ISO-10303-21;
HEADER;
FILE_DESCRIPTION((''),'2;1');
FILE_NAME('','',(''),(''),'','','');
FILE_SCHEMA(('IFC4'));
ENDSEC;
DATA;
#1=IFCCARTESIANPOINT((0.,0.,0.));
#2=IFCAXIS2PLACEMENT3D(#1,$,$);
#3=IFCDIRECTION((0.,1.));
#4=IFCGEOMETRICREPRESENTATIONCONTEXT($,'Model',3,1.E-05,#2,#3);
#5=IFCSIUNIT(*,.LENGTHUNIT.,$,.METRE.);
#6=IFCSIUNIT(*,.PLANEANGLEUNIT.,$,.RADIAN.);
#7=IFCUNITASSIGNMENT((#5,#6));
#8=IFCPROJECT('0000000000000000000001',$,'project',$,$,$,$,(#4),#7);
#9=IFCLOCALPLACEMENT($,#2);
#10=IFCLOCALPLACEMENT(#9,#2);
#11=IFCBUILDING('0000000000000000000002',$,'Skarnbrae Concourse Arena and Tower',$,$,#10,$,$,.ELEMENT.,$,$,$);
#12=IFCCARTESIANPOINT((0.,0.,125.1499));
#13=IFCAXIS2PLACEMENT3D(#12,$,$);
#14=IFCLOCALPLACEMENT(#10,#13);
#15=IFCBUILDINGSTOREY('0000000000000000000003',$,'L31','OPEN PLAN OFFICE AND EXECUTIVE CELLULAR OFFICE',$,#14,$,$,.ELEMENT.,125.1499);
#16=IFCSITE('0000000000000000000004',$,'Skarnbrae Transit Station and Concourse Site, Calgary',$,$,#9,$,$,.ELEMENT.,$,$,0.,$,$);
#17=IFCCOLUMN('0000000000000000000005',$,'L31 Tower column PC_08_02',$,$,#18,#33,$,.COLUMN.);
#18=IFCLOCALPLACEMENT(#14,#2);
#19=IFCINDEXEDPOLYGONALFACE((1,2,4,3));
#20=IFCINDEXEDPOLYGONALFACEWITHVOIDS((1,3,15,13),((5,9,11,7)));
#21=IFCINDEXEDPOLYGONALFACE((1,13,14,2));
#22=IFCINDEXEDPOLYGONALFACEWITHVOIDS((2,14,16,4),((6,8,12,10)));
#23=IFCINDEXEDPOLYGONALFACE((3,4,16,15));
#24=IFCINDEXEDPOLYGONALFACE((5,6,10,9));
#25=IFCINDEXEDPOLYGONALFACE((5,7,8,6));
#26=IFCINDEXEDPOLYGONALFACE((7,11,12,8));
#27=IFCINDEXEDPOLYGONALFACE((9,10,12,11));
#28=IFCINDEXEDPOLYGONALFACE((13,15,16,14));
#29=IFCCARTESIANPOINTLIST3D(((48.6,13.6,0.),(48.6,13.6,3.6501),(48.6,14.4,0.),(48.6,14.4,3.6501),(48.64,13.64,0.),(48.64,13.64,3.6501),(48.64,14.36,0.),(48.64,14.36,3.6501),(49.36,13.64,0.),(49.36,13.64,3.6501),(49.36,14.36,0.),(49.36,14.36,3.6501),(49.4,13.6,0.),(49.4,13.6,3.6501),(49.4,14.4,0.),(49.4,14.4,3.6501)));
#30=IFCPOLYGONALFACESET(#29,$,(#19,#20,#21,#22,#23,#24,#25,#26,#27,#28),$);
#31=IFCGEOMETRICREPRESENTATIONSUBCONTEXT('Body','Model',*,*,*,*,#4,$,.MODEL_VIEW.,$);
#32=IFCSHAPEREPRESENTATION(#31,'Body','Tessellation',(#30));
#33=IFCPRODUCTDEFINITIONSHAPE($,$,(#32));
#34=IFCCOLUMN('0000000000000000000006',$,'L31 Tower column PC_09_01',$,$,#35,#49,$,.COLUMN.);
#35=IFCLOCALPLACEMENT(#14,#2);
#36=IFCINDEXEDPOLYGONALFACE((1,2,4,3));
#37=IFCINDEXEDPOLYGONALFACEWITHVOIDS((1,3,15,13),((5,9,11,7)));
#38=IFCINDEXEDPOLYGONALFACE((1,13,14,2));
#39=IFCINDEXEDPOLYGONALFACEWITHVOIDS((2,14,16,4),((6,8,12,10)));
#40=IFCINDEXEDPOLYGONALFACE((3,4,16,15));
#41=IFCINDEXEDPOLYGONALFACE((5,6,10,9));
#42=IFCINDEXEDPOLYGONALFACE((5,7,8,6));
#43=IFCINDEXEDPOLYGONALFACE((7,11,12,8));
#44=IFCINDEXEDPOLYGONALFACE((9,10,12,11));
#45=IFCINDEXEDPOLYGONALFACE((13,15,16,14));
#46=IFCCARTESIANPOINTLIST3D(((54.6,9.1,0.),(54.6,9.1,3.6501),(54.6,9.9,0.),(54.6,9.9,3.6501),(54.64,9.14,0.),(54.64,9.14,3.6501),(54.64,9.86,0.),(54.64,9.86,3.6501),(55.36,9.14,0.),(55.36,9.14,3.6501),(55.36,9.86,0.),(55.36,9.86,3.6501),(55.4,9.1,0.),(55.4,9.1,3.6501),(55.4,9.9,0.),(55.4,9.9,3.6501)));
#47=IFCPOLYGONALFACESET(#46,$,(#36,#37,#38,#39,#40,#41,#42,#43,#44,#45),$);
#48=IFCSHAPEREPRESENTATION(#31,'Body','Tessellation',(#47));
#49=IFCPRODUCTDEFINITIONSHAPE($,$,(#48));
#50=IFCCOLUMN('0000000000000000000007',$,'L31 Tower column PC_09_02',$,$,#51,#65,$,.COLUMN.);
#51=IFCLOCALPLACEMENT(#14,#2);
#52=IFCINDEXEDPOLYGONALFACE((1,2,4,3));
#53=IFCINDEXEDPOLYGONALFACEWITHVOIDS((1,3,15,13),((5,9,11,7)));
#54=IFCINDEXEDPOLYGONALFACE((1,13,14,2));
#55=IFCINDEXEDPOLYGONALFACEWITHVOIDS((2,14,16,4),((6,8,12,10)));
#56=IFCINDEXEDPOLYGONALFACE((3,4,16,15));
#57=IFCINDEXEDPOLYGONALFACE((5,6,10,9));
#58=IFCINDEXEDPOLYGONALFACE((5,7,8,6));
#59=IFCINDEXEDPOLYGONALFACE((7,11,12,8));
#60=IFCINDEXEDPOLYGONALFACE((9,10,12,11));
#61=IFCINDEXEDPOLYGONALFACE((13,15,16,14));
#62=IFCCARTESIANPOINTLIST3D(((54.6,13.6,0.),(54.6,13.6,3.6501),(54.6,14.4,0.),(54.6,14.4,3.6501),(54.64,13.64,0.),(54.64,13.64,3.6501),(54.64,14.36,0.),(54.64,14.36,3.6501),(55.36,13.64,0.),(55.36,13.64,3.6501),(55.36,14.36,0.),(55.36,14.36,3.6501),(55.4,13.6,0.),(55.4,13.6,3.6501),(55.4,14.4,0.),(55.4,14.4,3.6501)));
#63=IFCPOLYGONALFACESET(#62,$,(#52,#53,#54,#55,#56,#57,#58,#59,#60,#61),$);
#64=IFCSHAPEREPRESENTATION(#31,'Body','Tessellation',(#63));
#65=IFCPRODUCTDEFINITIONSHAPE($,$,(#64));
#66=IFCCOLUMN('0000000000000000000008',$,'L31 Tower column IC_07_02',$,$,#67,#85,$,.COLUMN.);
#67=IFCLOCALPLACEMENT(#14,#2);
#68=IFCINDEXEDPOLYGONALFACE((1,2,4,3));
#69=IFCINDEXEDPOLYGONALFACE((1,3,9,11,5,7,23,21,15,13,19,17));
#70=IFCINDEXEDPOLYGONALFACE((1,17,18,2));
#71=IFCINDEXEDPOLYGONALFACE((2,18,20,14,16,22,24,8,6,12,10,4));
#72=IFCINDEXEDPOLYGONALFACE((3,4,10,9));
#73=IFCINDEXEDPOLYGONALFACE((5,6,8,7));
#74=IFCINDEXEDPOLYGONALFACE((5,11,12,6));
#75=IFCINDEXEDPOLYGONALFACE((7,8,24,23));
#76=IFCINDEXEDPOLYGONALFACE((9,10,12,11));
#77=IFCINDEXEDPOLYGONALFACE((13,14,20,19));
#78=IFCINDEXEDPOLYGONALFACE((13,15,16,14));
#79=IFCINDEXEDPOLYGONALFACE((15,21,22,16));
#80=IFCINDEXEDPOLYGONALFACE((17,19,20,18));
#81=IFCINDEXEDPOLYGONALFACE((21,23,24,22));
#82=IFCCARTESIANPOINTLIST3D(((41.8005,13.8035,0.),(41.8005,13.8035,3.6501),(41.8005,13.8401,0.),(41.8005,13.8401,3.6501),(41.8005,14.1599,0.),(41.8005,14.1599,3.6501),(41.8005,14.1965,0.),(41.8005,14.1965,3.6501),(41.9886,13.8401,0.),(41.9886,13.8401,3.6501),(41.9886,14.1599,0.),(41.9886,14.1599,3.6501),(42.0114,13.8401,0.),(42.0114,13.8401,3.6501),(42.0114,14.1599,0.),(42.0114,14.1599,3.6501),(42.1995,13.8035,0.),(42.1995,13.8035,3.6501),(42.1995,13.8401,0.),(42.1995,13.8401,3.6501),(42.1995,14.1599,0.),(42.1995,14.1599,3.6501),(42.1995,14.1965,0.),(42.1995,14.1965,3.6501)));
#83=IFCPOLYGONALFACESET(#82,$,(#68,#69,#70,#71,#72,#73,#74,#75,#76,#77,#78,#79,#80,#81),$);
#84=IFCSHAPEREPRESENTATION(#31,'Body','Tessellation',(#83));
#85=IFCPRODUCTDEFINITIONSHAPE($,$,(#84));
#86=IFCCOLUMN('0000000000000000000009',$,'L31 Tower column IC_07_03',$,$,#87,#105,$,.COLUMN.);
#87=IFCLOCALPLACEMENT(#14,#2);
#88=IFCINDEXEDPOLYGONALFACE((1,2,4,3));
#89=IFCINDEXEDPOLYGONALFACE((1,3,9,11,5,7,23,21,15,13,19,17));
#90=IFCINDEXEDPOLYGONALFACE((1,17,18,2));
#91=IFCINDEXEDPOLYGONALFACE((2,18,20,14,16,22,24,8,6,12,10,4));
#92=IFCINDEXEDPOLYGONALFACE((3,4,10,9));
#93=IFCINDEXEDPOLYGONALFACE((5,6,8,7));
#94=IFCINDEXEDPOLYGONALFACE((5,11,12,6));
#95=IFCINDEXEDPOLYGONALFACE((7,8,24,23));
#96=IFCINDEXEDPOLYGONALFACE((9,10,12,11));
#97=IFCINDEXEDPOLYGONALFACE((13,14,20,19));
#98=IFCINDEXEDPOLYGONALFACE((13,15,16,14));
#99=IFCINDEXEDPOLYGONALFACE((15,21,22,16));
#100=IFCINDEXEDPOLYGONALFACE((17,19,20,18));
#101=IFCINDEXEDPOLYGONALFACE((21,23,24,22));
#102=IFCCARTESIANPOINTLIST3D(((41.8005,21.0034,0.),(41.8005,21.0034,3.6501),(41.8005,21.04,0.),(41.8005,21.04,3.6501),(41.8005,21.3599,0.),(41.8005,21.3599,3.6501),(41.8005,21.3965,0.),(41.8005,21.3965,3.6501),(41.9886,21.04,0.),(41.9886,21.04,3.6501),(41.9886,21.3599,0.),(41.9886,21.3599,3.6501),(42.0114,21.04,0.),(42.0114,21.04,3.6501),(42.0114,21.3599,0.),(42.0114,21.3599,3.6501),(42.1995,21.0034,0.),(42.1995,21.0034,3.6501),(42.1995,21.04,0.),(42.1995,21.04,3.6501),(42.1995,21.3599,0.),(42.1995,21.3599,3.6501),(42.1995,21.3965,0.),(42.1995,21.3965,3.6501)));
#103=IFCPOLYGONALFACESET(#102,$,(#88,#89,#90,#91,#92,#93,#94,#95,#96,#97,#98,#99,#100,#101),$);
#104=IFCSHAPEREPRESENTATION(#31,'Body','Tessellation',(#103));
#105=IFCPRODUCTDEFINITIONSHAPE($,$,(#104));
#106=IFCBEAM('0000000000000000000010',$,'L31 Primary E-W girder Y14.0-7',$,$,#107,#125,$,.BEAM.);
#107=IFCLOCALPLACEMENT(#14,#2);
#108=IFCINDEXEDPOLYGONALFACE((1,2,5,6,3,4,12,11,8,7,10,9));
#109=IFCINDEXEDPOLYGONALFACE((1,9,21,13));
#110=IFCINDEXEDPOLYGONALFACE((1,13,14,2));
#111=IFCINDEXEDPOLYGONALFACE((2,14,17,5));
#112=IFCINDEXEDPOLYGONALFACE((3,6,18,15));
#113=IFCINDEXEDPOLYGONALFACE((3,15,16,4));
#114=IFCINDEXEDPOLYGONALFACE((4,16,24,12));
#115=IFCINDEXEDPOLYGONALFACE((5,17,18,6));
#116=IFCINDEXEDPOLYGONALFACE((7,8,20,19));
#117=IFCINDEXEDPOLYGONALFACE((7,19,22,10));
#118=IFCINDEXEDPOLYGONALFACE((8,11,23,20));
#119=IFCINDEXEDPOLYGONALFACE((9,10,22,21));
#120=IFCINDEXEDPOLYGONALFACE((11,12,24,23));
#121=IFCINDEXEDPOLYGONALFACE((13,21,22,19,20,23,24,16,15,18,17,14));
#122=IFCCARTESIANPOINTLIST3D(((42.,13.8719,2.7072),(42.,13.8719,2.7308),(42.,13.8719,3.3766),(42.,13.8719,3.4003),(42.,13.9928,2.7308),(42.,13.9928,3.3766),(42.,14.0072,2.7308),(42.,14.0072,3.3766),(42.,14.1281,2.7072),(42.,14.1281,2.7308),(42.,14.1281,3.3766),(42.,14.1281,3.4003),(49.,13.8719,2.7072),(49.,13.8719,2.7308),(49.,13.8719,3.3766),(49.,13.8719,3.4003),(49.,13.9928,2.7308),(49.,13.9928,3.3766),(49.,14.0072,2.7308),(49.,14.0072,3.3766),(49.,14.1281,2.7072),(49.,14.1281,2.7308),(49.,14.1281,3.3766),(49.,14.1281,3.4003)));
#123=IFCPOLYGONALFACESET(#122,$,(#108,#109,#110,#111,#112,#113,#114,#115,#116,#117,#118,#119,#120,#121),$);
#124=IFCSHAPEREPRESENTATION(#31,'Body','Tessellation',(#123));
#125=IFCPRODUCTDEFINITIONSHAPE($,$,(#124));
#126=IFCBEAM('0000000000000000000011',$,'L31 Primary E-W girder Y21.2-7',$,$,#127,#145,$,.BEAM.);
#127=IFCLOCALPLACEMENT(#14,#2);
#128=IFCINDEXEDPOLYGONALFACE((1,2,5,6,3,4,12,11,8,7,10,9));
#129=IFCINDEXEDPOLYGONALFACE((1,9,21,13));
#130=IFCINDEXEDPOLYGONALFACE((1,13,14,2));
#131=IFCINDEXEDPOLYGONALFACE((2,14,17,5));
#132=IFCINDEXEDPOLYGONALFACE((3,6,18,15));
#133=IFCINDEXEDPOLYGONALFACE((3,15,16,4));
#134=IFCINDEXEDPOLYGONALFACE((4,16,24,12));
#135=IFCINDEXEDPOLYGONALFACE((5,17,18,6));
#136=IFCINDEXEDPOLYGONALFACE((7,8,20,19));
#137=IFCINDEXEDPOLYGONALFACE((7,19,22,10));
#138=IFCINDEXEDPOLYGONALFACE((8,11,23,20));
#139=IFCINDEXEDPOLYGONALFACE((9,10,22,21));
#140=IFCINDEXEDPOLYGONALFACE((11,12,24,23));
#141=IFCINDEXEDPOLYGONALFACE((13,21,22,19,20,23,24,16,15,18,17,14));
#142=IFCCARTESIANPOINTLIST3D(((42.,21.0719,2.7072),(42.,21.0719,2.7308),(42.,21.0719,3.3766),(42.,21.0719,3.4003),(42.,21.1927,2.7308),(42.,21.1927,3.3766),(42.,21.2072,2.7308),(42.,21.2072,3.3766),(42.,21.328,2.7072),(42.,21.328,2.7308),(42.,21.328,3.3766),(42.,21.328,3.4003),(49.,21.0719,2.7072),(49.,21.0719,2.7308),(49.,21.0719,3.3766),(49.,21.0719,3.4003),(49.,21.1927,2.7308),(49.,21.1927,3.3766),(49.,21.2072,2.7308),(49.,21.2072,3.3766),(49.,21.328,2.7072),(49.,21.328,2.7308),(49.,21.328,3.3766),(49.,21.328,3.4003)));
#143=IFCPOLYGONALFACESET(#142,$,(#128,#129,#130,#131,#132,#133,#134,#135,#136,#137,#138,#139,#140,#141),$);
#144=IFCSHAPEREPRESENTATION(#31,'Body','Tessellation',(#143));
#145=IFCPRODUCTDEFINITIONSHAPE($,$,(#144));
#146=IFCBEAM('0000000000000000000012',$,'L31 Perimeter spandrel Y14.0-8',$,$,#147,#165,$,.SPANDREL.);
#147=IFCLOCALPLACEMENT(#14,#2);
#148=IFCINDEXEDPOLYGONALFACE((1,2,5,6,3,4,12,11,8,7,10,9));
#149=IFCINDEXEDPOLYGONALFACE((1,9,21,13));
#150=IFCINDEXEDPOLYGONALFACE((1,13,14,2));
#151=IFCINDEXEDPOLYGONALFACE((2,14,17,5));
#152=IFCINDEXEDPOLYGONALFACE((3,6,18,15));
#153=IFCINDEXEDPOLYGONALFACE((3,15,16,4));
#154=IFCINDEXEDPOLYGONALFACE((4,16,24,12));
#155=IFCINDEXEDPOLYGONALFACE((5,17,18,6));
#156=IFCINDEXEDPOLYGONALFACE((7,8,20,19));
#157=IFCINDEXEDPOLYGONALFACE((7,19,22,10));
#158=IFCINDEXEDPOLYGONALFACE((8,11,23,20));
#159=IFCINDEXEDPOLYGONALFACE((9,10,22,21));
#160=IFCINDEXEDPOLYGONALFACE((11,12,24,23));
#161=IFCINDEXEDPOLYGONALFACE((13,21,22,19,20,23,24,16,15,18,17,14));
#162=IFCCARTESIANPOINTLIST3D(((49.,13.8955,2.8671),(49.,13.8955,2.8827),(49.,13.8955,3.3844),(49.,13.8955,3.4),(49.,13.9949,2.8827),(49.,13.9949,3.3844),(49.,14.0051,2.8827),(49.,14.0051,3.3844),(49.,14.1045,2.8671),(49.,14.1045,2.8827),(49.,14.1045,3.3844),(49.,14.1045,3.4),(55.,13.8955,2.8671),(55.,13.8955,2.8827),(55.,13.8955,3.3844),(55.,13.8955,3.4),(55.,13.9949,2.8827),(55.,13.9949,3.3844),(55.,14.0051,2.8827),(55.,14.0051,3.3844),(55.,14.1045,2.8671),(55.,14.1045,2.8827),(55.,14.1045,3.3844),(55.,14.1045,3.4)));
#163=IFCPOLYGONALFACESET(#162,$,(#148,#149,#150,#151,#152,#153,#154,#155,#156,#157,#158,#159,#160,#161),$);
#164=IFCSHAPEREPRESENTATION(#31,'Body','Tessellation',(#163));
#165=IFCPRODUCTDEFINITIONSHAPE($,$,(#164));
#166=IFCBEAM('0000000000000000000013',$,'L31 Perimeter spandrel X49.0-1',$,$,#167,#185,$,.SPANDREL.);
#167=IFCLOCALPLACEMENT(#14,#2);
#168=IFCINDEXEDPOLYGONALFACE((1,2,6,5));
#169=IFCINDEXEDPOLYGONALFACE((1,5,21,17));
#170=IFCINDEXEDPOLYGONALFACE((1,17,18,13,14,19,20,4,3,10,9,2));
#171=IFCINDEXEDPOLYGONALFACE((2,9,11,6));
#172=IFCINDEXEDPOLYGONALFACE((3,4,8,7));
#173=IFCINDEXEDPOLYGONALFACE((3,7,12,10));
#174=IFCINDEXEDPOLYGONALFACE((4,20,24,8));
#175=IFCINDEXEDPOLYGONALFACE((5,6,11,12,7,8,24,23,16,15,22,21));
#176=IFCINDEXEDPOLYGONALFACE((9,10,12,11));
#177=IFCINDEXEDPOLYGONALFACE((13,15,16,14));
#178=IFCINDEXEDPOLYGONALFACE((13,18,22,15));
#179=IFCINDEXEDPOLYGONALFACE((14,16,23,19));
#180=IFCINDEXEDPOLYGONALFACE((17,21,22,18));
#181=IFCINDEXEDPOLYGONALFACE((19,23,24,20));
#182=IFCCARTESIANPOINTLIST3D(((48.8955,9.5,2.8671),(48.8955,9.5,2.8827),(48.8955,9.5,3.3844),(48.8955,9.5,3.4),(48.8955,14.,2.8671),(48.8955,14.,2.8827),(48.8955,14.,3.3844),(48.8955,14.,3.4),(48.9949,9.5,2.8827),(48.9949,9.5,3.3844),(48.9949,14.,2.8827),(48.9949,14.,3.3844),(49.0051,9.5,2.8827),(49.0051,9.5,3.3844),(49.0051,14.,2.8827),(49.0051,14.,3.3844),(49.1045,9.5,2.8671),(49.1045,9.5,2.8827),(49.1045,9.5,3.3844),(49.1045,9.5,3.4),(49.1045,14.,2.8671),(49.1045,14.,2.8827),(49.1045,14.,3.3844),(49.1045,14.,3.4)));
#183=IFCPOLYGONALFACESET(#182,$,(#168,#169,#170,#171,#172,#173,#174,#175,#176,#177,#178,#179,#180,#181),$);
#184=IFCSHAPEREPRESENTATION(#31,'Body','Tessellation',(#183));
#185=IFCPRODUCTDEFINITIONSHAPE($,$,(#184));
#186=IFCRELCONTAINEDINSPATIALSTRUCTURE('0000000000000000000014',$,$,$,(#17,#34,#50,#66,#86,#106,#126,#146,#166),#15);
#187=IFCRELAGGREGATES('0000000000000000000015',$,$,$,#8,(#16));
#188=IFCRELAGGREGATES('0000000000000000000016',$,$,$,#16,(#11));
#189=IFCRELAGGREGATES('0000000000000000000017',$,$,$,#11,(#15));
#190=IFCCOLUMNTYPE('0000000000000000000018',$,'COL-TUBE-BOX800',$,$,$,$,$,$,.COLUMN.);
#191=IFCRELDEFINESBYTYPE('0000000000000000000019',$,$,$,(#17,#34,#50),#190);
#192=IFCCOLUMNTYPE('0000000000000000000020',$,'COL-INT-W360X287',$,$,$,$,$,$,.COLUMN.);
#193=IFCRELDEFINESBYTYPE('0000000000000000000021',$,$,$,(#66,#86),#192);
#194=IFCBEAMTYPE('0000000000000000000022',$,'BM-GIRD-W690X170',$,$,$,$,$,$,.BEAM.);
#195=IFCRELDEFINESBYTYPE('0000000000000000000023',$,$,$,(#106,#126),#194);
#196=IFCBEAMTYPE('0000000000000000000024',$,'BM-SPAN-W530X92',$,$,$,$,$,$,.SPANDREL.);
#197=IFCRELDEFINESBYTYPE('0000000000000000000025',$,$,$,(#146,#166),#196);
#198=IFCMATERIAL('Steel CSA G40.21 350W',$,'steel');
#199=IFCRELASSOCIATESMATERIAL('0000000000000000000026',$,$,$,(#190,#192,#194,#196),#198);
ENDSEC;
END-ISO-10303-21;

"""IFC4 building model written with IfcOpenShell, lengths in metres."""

from ifc_helpers import new_model, si_unit, direction, frame, origin, origin_2d, place, context, subcontext, project, spatial, hollow_rectangle, i_section, extrude, source, transform, mapped, material, material_profile, profile_set, type_object, element, save


model = new_model("IFC4")

# Units and contexts
model_context = context("Model", 3, precision=1e-05, world=origin(), true_north=direction((0.0, 1.0)))
body_context = subcontext(model_context, "Body", "Model", "MODEL_VIEW")
ifc_project = project(units=[si_unit("LENGTHUNIT", "METRE"), si_unit("PLANEANGLEUNIT", "RADIAN")], contexts=[model_context])

# Site, building, storey
site_placement = place(None, origin())
site = spatial("IfcSite", under=ifc_project, at=site_placement, Name="Skarnbrae Transit Station and Concourse Site, Calgary", CompositionType="ELEMENT", RefElevation=0.0)
building_placement = place(site_placement, origin())
building = spatial("IfcBuilding", under=site, at=building_placement, Name="Skarnbrae Concourse Arena and Tower", CompositionType="ELEMENT")
storey_placement = place(building_placement, frame((0.0, 0.0, 125.1499)))
storey = spatial("IfcBuildingStorey", under=building, at=storey_placement, Name="L31", Description="OPEN PLAN OFFICE AND EXECUTIVE CELLULAR OFFICE", CompositionType="ELEMENT", Elevation=125.1499)

# Columns
ifc_material_1 = material(Name="Steel CSA G40.21 350W", Category="steel")
ifc_material_profile_1 = material_profile(ifc_material_1, hollow_rectangle(XDim=0.8, YDim=0.8, WallThickness=0.04, at=origin_2d()), Name="BOX800X800X40")
ifc_profile_set_1 = profile_set([ifc_material_profile_1], Name="Steel CSA G40.21 350W")
column_type_1 = type_object("IfcColumnType", Name="COL-TUBE-BOX800", PredefinedType="COLUMN", material=ifc_profile_set_1)
shared_shape_1 = source(origin(), body_context, "Body", "SweptSolid", [
    extrude(hollow_rectangle(XDim=0.8, YDim=0.8, WallThickness=0.04, at=origin_2d()), origin(), (0.0, 0.0, 1.0), 3.6501),
])
for number, where, z_axis, x_axis, name in (
    (1, (49.0, 14.0, 0.0), (0.0, 0.0, 1.0), (1.0, 0.0, 0.0), "L31 Tower column PC_08_02"),
    (2, (55.0, 9.5, 0.0), (0.0, 0.0, 1.0), (1.0, 0.0, 0.0), "L31 Tower column PC_09_01"),
    (3, (55.0, 14.0, 0.0), (0.0, 0.0, 1.0), (1.0, 0.0, 0.0), "L31 Tower column PC_09_02"),
):
    element("IfcColumn", number, at=place(storey_placement, frame(where, z_axis=z_axis, x_axis=x_axis)), inside=storey, type_object=column_type_1, Name=name, PredefinedType="COLUMN", context=body_context, shape_type="MappedRepresentation", body=[
        mapped(shared_shape_1, transform((0.0, 0.0, 0.0))),
    ])
ifc_material_profile_2 = material_profile(ifc_material_1, i_section(OverallWidth=0.3989, OverallDepth=0.3931, WebThickness=0.0227, FlangeThickness=0.0366, at=origin_2d()), Name="W360X287")
ifc_profile_set_2 = profile_set([ifc_material_profile_2], Name="Steel CSA G40.21 350W")
column_type_2 = type_object("IfcColumnType", Name="COL-INT-W360X287", PredefinedType="COLUMN", material=ifc_profile_set_2)
shared_shape_2 = source(origin(), body_context, "Body", "SweptSolid", [
    extrude(i_section(OverallWidth=0.3989, OverallDepth=0.3931, WebThickness=0.0227, FlangeThickness=0.0366, at=origin_2d()), origin(), (0.0, 0.0, 1.0), 3.6501),
])
for number, where, z_axis, x_axis, name in (
    (4, (42.0, 14.0, 0.0), (0.0, 0.0, 1.0), (1.0, 0.0, 0.0), "L31 Tower column IC_07_02"),
    (5, (42.0, 21.2, 0.0), (0.0, 0.0, 1.0), (1.0, 0.0, 0.0), "L31 Tower column IC_07_03"),
):
    element("IfcColumn", number, at=place(storey_placement, frame(where, z_axis=z_axis, x_axis=x_axis)), inside=storey, type_object=column_type_2, Name=name, PredefinedType="COLUMN", context=body_context, shape_type="MappedRepresentation", body=[
        mapped(shared_shape_2, transform((0.0, 0.0, 0.0))),
    ])

# Beams
ifc_material_profile_3 = material_profile(ifc_material_1, i_section(OverallWidth=0.2561, OverallDepth=0.6931, WebThickness=0.0144, FlangeThickness=0.0237, at=origin_2d()), Name="W690X170")
ifc_profile_set_3 = profile_set([ifc_material_profile_3], Name="Steel CSA G40.21 350W")
beam_type_1 = type_object("IfcBeamType", Name="BM-GIRD-W690X170", PredefinedType="BEAM", material=ifc_profile_set_3)
shared_shape_3 = source(origin(), body_context, "Body", "SweptSolid", [
    extrude(i_section(OverallWidth=0.2561, OverallDepth=0.6931, WebThickness=0.0144, FlangeThickness=0.0237, at=origin_2d()), origin(), (0.0, 0.0, 1.0), 7.0),
])
for number, where, z_axis, x_axis, name in (
    (6, (42.0, 14.0, 3.0537), (1.0, 0.0, 0.0), (0.0, 1.0, 0.0), "L31 Primary E-W girder Y14.0-7"),
    (7, (42.0, 21.2, 3.0537), (1.0, 0.0, 0.0), (0.0, 1.0, 0.0), "L31 Primary E-W girder Y21.2-7"),
):
    element("IfcBeam", number, at=place(storey_placement, frame(where, z_axis=z_axis, x_axis=x_axis)), inside=storey, type_object=beam_type_1, Name=name, PredefinedType="BEAM", context=body_context, shape_type="MappedRepresentation", body=[
        mapped(shared_shape_3, transform((0.0, 0.0, 0.0))),
    ])
ifc_material_profile_4 = material_profile(ifc_material_1, i_section(OverallWidth=0.209, OverallDepth=0.533, WebThickness=0.0103, FlangeThickness=0.0156, at=origin_2d()), Name="W530X92")
ifc_profile_set_4 = profile_set([ifc_material_profile_4], Name="Steel CSA G40.21 350W")
beam_type_2 = type_object("IfcBeamType", Name="BM-SPAN-W530X92", PredefinedType="SPANDREL", material=ifc_profile_set_4)
shared_shape_4 = source(origin(), body_context, "Body", "SweptSolid", [
    extrude(i_section(OverallWidth=0.209, OverallDepth=0.533, WebThickness=0.0103, FlangeThickness=0.0156, at=origin_2d()), origin(), (0.0, 0.0, 1.0), 6.0),
])
beam_1_placement = place(storey_placement, frame((49.0, 14.0, 3.1335), z_axis=(1.0, 0.0, 0.0), x_axis=(0.0, 1.0, 0.0)))
element("IfcBeam", 8, at=beam_1_placement, inside=storey, type_object=beam_type_2, Name="L31 Perimeter spandrel Y14.0-8", PredefinedType="SPANDREL", context=body_context, shape_type="MappedRepresentation", body=[
    mapped(shared_shape_4, transform((0.0, 0.0, 0.0))),
])
shared_shape_5 = source(origin(), body_context, "Body", "SweptSolid", [
    extrude(i_section(OverallWidth=0.209, OverallDepth=0.533, WebThickness=0.0103, FlangeThickness=0.0156, at=origin_2d()), origin(), (0.0, 0.0, 1.0), 4.5),
])
for number, where, z_axis, x_axis, name in (
    (9, (49.0, 9.5, 3.1335), (0.0, 1.0, 0.0), (-1.0, 0.0, 0.0), "L31 Perimeter spandrel X49.0-1"),
):
    element("IfcBeam", number, at=place(storey_placement, frame(where, z_axis=z_axis, x_axis=x_axis)), inside=storey, type_object=beam_type_2, Name=name, PredefinedType="SPANDREL", context=body_context, shape_type="MappedRepresentation", body=[
        mapped(shared_shape_5, transform((0.0, 0.0, 0.0))),
    ])

save(model, "model.ifc")
